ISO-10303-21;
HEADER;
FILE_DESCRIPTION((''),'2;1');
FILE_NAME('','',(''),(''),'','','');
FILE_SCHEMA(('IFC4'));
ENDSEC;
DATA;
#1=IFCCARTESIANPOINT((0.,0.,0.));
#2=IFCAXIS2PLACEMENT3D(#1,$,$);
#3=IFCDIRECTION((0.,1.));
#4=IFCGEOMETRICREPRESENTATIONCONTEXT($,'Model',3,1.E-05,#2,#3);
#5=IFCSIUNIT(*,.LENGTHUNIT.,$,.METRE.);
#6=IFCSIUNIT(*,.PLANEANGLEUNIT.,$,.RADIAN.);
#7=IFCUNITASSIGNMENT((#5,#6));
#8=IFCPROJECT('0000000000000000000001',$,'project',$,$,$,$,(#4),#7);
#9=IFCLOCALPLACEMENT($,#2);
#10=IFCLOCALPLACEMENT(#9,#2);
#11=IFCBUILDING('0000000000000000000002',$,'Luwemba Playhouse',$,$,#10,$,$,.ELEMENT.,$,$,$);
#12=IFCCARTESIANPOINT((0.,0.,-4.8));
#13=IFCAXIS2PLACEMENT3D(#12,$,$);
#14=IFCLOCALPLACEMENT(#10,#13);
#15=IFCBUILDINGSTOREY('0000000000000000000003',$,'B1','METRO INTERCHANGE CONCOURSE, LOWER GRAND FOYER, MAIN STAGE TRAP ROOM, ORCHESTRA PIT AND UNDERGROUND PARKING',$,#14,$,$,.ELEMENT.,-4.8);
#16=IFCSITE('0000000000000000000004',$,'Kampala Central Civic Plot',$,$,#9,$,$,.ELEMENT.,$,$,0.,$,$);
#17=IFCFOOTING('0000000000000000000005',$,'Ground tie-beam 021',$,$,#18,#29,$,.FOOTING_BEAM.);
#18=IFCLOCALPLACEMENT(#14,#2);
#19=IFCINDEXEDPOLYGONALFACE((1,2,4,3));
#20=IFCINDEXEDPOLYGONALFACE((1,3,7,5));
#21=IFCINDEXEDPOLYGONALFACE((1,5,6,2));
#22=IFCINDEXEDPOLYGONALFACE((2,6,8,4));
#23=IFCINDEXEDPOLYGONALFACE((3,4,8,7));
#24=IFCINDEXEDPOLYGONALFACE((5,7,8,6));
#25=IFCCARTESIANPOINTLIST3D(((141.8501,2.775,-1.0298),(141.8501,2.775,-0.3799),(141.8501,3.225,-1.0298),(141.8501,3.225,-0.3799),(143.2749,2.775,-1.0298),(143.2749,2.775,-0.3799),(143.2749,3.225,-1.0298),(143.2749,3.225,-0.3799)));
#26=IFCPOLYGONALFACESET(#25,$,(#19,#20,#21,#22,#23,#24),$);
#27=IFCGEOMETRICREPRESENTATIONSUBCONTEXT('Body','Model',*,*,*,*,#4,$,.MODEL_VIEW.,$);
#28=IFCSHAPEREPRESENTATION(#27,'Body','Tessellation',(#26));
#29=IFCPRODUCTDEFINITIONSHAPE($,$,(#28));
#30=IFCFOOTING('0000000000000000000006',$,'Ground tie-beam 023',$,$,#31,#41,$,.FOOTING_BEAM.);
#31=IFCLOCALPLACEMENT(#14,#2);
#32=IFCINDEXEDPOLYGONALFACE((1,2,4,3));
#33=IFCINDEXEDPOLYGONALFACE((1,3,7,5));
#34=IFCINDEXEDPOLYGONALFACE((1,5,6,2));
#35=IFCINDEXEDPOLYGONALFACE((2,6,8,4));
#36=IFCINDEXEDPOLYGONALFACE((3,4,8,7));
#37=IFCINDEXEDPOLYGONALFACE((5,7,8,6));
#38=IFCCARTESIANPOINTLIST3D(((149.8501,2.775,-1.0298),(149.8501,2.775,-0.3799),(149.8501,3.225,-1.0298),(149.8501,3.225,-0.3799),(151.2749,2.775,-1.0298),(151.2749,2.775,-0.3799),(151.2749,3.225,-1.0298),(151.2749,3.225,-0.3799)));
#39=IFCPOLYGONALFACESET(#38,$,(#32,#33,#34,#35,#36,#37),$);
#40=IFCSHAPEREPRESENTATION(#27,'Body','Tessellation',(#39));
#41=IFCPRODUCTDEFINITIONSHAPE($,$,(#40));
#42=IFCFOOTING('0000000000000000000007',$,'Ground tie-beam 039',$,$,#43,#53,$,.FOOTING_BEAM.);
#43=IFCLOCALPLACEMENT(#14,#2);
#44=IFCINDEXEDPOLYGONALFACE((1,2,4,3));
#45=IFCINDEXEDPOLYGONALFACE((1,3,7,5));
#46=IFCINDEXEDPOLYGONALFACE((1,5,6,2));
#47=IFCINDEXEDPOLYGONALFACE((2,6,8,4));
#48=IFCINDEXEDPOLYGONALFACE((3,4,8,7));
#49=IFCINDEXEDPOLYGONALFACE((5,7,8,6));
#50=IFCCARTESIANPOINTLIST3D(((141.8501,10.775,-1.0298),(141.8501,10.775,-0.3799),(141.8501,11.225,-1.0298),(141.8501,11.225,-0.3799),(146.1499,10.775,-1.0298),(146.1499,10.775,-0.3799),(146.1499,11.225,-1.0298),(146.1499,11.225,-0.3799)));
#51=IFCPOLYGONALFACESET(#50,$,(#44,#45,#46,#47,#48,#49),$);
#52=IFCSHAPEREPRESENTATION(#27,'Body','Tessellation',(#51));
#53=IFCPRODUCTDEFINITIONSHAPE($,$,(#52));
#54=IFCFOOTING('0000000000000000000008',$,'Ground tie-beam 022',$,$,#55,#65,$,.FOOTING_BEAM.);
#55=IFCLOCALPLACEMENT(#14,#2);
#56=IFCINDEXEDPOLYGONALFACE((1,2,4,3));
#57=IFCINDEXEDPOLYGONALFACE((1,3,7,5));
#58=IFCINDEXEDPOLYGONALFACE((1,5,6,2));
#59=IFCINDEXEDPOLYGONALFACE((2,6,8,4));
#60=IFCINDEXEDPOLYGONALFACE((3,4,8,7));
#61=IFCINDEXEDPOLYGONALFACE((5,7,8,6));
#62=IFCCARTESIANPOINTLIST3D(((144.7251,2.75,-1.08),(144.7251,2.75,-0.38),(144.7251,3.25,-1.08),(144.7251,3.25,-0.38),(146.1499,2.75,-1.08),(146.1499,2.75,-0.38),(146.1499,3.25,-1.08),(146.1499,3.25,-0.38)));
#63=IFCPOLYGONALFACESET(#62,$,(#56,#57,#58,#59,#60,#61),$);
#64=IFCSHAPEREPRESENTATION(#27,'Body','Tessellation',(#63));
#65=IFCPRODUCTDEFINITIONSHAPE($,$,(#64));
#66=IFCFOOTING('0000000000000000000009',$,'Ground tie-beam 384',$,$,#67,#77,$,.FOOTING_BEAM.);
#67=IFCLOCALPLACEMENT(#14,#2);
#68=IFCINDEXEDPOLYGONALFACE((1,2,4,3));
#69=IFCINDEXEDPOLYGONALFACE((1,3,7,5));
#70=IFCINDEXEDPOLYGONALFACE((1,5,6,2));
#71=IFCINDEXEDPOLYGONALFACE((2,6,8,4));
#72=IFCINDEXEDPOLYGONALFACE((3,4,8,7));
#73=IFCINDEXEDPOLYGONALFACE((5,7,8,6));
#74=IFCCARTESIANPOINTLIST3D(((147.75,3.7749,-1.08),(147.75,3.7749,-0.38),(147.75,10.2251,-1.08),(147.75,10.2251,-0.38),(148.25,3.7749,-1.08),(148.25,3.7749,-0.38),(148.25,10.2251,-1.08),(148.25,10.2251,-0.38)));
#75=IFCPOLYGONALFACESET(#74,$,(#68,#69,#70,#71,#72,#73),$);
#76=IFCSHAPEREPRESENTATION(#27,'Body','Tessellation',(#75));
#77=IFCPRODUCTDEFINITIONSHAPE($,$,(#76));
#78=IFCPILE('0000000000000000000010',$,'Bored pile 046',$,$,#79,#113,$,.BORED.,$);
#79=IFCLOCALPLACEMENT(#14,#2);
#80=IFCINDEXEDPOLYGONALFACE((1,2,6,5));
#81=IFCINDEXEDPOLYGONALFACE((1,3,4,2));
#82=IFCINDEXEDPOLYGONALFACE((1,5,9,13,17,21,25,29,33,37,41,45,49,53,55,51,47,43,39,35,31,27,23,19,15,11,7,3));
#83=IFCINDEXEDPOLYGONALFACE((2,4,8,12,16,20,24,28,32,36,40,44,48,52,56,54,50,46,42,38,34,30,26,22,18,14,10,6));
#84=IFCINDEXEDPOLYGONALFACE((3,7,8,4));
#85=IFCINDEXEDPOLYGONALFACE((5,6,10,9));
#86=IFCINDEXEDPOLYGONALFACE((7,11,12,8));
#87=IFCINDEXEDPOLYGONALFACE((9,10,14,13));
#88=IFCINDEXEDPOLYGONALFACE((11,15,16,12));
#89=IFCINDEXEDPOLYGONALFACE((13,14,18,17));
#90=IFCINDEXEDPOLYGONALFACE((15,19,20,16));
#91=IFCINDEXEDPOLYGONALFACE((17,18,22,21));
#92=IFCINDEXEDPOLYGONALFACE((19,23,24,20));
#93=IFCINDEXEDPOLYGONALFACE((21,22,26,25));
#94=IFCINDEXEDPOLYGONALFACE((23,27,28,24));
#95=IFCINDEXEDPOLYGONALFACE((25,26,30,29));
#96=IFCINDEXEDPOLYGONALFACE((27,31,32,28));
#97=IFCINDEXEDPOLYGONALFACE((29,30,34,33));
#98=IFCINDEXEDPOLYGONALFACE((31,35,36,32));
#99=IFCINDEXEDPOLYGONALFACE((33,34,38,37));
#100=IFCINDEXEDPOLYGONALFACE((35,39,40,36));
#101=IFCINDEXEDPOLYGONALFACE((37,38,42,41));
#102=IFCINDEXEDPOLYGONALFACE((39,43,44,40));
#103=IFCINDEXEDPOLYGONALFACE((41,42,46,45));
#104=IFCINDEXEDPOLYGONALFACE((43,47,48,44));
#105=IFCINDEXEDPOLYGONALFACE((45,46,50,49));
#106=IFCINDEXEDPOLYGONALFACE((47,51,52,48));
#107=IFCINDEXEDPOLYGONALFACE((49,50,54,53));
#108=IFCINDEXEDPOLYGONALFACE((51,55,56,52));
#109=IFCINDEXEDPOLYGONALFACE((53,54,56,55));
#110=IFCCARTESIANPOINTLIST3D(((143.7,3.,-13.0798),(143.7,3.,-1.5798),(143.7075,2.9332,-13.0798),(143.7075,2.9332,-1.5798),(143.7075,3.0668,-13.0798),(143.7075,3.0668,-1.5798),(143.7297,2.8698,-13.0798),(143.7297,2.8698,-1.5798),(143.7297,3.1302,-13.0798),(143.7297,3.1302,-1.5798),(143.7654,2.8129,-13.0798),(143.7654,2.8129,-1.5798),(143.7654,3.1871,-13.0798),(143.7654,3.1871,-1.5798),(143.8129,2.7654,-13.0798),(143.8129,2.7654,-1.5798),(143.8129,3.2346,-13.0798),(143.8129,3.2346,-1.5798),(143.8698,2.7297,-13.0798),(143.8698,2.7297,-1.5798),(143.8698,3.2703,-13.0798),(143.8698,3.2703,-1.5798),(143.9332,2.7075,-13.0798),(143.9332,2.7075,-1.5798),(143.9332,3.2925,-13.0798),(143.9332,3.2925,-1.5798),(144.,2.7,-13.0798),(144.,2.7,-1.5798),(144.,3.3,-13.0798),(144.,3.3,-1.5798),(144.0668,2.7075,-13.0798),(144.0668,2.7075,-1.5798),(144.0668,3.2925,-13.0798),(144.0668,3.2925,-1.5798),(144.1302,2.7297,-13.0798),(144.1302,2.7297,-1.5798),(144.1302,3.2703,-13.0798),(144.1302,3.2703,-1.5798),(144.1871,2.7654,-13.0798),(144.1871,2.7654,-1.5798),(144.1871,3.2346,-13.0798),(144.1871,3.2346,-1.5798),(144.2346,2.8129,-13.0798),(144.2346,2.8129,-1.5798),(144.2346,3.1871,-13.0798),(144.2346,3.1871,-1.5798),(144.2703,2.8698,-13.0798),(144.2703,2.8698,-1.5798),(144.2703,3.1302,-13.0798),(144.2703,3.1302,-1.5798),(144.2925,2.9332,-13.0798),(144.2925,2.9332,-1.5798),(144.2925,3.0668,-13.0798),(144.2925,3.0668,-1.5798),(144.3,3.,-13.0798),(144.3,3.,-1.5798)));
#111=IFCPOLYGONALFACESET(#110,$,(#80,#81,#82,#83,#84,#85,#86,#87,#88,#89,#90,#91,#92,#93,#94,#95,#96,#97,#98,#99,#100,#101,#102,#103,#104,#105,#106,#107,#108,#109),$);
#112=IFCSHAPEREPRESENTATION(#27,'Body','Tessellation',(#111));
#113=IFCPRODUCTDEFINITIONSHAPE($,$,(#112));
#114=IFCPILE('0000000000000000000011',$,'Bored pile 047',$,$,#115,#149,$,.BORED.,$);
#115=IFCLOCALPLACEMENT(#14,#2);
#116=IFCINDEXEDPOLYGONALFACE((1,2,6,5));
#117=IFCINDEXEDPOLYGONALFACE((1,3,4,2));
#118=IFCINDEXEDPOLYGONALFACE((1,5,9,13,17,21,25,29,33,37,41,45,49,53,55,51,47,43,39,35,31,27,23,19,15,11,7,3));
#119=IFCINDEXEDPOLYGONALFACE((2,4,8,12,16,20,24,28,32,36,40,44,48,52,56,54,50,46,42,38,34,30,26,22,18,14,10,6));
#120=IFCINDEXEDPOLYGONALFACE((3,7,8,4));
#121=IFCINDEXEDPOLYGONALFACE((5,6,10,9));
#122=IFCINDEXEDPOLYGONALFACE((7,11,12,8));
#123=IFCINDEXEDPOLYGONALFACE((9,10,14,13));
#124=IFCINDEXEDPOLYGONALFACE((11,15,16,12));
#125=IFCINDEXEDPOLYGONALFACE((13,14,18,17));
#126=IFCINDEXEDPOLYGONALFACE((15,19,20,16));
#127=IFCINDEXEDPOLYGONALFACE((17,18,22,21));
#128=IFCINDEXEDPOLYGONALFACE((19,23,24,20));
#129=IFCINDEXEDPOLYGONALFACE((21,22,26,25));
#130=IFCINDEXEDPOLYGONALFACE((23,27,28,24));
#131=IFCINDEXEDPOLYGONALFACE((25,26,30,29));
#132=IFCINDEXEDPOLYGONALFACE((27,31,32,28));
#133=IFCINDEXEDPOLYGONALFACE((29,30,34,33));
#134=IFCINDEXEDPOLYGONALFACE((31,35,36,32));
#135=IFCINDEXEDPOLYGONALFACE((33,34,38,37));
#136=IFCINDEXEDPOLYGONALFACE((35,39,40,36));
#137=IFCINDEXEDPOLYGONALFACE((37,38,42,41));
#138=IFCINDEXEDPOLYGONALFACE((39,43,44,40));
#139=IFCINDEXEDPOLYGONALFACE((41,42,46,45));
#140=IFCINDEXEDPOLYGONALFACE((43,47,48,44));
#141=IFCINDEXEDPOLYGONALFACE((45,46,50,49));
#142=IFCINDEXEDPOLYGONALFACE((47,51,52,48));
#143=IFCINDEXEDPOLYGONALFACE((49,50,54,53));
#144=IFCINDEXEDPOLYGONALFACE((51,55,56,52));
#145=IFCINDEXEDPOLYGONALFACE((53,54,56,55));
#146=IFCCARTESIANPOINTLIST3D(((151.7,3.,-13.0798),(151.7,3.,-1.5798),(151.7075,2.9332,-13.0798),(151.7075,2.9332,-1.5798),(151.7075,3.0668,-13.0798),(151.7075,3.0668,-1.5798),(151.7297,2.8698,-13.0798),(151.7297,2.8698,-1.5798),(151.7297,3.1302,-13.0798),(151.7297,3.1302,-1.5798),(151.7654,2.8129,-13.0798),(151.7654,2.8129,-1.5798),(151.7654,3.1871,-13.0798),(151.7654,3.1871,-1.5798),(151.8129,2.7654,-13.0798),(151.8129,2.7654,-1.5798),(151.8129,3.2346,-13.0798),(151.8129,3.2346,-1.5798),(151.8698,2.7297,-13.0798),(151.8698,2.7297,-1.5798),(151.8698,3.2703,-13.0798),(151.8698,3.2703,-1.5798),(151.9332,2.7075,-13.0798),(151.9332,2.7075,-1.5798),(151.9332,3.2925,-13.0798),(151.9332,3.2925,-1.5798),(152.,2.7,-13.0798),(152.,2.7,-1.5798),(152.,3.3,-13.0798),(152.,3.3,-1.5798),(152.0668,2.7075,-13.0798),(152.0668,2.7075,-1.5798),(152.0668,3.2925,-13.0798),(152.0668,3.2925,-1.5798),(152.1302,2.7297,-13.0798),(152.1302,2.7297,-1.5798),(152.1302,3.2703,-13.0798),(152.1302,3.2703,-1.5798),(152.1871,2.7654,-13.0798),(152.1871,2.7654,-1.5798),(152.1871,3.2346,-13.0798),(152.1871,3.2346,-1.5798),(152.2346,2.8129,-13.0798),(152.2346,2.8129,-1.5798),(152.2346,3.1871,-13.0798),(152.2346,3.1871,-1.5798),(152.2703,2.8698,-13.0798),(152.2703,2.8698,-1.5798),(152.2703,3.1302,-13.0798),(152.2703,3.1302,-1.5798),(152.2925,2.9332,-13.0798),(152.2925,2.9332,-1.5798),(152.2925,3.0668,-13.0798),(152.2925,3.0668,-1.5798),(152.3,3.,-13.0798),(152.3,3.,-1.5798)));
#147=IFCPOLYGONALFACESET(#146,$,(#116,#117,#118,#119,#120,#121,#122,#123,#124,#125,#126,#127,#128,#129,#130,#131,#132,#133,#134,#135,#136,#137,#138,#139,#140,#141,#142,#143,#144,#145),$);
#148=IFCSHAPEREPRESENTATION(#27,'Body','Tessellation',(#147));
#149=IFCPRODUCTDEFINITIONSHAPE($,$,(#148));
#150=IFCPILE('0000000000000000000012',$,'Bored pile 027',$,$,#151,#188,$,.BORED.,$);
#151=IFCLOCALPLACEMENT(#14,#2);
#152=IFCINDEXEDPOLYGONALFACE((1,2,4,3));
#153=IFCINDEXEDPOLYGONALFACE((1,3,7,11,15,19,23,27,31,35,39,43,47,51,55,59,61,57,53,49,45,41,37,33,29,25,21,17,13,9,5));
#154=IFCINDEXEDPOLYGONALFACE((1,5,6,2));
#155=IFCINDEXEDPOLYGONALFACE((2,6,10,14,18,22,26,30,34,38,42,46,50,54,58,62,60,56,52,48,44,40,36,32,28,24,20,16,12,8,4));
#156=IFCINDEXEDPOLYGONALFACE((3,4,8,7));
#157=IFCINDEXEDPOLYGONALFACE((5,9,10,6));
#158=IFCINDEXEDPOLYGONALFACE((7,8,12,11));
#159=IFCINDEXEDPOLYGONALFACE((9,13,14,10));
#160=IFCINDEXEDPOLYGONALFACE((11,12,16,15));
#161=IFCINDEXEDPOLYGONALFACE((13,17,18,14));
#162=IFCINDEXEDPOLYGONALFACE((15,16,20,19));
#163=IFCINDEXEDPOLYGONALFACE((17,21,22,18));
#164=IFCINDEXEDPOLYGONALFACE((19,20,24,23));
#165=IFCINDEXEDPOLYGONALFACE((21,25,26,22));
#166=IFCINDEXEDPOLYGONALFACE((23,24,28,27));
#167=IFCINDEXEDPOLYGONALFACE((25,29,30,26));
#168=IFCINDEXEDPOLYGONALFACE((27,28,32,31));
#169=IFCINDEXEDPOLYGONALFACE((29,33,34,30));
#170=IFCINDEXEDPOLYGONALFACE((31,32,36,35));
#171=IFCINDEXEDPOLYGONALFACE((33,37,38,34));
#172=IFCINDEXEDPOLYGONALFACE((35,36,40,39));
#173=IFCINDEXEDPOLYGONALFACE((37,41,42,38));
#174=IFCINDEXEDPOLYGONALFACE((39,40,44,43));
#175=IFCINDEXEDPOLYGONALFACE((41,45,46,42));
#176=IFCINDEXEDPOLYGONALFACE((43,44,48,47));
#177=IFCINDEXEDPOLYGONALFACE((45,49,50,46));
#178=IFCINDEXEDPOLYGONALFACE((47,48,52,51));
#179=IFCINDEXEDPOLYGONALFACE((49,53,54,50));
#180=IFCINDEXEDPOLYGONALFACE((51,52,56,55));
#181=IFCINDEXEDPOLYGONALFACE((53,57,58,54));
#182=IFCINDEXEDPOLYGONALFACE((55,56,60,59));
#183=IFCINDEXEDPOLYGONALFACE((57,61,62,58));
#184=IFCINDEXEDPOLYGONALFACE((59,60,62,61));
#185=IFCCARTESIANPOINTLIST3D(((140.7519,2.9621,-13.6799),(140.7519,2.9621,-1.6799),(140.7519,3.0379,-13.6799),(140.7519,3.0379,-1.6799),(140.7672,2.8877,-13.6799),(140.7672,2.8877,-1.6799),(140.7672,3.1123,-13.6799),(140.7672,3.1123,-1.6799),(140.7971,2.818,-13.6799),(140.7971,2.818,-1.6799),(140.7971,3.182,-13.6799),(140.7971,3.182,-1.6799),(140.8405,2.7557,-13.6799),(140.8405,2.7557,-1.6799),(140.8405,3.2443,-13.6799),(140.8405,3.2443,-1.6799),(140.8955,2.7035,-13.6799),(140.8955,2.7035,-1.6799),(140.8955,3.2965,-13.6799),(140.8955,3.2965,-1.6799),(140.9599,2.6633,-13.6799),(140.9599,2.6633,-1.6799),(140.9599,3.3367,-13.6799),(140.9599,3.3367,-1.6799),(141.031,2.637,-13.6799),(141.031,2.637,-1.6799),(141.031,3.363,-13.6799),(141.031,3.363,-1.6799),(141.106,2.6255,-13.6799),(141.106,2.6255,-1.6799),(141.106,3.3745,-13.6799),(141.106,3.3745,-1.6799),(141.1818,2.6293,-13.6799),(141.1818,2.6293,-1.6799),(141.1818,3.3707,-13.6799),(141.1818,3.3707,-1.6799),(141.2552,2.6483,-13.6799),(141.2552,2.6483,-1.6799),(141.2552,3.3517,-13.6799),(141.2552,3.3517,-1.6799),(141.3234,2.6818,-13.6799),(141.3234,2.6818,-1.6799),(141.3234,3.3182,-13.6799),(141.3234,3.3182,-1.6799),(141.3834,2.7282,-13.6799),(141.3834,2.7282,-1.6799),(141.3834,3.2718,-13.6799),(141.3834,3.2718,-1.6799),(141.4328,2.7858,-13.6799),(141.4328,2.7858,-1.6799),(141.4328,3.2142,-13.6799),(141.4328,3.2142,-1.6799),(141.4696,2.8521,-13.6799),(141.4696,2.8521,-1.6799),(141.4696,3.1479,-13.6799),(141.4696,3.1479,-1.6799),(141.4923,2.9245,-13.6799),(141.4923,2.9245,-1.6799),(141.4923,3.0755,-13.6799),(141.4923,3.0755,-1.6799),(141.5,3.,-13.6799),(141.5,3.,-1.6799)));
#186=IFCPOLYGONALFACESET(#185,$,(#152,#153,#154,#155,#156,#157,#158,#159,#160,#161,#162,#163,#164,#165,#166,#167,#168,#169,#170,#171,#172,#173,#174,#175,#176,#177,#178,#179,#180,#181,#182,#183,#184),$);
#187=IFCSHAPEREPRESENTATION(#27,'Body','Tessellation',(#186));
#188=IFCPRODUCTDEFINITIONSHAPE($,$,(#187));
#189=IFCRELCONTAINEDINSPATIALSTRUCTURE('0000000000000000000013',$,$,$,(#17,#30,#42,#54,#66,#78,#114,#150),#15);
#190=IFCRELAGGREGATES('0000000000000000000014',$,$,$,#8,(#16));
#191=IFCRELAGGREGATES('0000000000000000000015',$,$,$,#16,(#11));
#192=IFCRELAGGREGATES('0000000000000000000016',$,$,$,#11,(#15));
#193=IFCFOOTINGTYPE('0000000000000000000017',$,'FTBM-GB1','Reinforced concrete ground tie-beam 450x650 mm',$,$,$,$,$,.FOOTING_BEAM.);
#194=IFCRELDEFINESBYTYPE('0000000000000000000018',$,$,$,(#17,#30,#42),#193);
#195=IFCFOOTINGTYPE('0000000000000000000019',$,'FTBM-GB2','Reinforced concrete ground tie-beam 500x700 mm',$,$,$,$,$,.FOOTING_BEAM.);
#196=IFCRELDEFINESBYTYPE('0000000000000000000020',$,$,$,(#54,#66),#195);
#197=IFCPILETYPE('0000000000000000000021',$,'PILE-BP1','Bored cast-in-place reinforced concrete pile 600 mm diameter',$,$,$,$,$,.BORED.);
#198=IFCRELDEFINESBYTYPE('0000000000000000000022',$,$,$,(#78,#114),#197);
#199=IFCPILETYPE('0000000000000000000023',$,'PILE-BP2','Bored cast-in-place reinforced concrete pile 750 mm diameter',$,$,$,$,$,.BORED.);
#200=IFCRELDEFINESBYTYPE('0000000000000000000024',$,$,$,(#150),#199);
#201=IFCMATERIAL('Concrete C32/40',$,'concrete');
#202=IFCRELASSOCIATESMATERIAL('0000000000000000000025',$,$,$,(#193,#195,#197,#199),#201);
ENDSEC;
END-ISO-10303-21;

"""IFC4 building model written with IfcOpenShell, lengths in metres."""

from ifc_helpers import new_model, si_unit, direction, frame, origin, origin_2d, place, context, subcontext, project, spatial, rectangle, circle, extrude, material, material_profile, profile_set, type_object, element, save


model = new_model("IFC4")

# Units and contexts
model_context = context("Model", 3, precision=1e-05, world=origin(), true_north=direction((0.0, 1.0)))
body_context = subcontext(model_context, "Body", "Model", "MODEL_VIEW")
ifc_project = project(units=[si_unit("LENGTHUNIT", "METRE"), si_unit("PLANEANGLEUNIT", "RADIAN")], contexts=[model_context])

# Site, building, storey
site_placement = place(None, origin())
site = spatial("IfcSite", under=ifc_project, at=site_placement, Name="Kampala Central Civic Plot", CompositionType="ELEMENT", RefElevation=0.0)
building_placement = place(site_placement, origin())
building = spatial("IfcBuilding", under=site, at=building_placement, Name="Luwemba Playhouse", CompositionType="ELEMENT")
storey_placement = place(building_placement, frame((0.0, 0.0, -4.8)))
storey = spatial("IfcBuildingStorey", under=building, at=storey_placement, Name="B1", Description="METRO INTERCHANGE CONCOURSE, LOWER GRAND FOYER, MAIN STAGE TRAP ROOM, ORCHESTRA PIT AND UNDERGROUND PARKING", CompositionType="ELEMENT", Elevation=-4.8)

# Footings
ifc_material_1 = material(Name="Concrete C32/40", Category="concrete")
ifc_material_profile_1 = material_profile(ifc_material_1, rectangle(XDim=0.45, YDim=0.6499, at=origin_2d()))
ifc_profile_set_1 = profile_set([ifc_material_profile_1], Name="Concrete C32/40")
footing_type_1 = type_object("IfcFootingType", Name="FTBM-GB1", Description="Reinforced concrete ground tie-beam 450x650 mm", PredefinedType="FOOTING_BEAM", material=ifc_profile_set_1)
for number, where, z_axis, x_axis, name in (
    (1, (141.8501, 3.0, -0.7048), (1.0, 0.0, 0.0), (0.0, 1.0, 0.0), "Ground tie-beam 021"),
    (2, (149.8501, 3.0, -0.7048), (1.0, 0.0, 0.0), (0.0, 1.0, 0.0), "Ground tie-beam 023"),
):
    element("IfcFooting", number, at=place(storey_placement, frame(where, z_axis=z_axis, x_axis=x_axis)), inside=storey, type_object=footing_type_1, Name=name, PredefinedType="FOOTING_BEAM", context=body_context, shape_type="SweptSolid", body=[
        extrude(rectangle(XDim=0.45, YDim=0.6499, at=origin_2d()), origin(), (0.0, 0.0, 1.0), 1.4248),
    ])
footing_1_placement = place(storey_placement, frame((141.8501, 11.0, -0.7048), z_axis=(1.0, 0.0, 0.0), x_axis=(0.0, 1.0, 0.0)))
element("IfcFooting", 3, at=footing_1_placement, inside=storey, type_object=footing_type_1, Name="Ground tie-beam 039", PredefinedType="FOOTING_BEAM", context=body_context, shape_type="SweptSolid", body=[
    extrude(rectangle(XDim=0.45, YDim=0.6499, at=origin_2d()), origin(), (0.0, 0.0, 1.0), 4.2998),
])
ifc_material_profile_2 = material_profile(ifc_material_1, rectangle(XDim=0.5, YDim=0.7, at=origin_2d()))
ifc_profile_set_2 = profile_set([ifc_material_profile_2], Name="Concrete C32/40")
footing_type_2 = type_object("IfcFootingType", Name="FTBM-GB2", Description="Reinforced concrete ground tie-beam 500x700 mm", PredefinedType="FOOTING_BEAM", material=ifc_profile_set_2)
footing_2_placement = place(storey_placement, frame((144.7251, 3.0, -0.73), z_axis=(1.0, 0.0, 0.0), x_axis=(0.0, 1.0, 0.0)))
element("IfcFooting", 4, at=footing_2_placement, inside=storey, type_object=footing_type_2, Name="Ground tie-beam 022", PredefinedType="FOOTING_BEAM", context=body_context, shape_type="SweptSolid", body=[
    extrude(rectangle(XDim=0.5, YDim=0.7, at=origin_2d()), origin(), (0.0, 0.0, 1.0), 1.4248),
])
footing_3_placement = place(storey_placement, frame((148.0, 3.7749, -0.73), z_axis=(0.0, 1.0, 0.0), x_axis=(-1.0, 0.0, 0.0)))
element("IfcFooting", 5, at=footing_3_placement, inside=storey, type_object=footing_type_2, Name="Ground tie-beam 384", PredefinedType="FOOTING_BEAM", context=body_context, shape_type="SweptSolid", body=[
    extrude(rectangle(XDim=0.5, YDim=0.7, at=origin_2d()), origin(), (0.0, 0.0, 1.0), 6.4502),
])

# Piles
ifc_material_profile_3 = material_profile(ifc_material_1, circle(Radius=0.3, at=origin_2d()))
ifc_profile_set_3 = profile_set([ifc_material_profile_3], Name="Concrete C32/40")
pile_type_1 = type_object("IfcPileType", Name="PILE-BP1", Description="Bored cast-in-place reinforced concrete pile 600 mm diameter", PredefinedType="BORED", material=ifc_profile_set_3)
for number, where, z_axis, x_axis, name in (
    (6, (144.0, 3.0, -1.5798), (0.0, 0.0, -1.0), (1.0, 0.0, 0.0), "Bored pile 046"),
    (7, (152.0, 3.0, -1.5798), (0.0, 0.0, -1.0), (1.0, 0.0, 0.0), "Bored pile 047"),
):
    element("IfcPile", number, at=place(storey_placement, frame(where, z_axis=z_axis, x_axis=x_axis)), inside=storey, type_object=pile_type_1, Name=name, PredefinedType="BORED", context=body_context, shape_type="SweptSolid", body=[
        extrude(circle(Radius=0.3, at=origin_2d()), origin(), (0.0, 0.0, 1.0), 11.5),
    ])
ifc_material_profile_4 = material_profile(ifc_material_1, circle(Radius=0.375, at=origin_2d()))
ifc_profile_set_4 = profile_set([ifc_material_profile_4], Name="Concrete C32/40")
pile_type_2 = type_object("IfcPileType", Name="PILE-BP2", Description="Bored cast-in-place reinforced concrete pile 750 mm diameter", PredefinedType="BORED", material=ifc_profile_set_4)
for number, where, z_axis, x_axis, name in (
    (8, (141.125, 3.0, -1.6799), (0.0, 0.0, -1.0), (1.0, 0.0, 0.0), "Bored pile 027"),
):
    element("IfcPile", number, at=place(storey_placement, frame(where, z_axis=z_axis, x_axis=x_axis)), inside=storey, type_object=pile_type_2, Name=name, PredefinedType="BORED", context=body_context, shape_type="SweptSolid", body=[
        extrude(circle(Radius=0.375, at=origin_2d()), origin(), (0.0, 0.0, 1.0), 12.0),
    ])

save(model, "model.ifc")
